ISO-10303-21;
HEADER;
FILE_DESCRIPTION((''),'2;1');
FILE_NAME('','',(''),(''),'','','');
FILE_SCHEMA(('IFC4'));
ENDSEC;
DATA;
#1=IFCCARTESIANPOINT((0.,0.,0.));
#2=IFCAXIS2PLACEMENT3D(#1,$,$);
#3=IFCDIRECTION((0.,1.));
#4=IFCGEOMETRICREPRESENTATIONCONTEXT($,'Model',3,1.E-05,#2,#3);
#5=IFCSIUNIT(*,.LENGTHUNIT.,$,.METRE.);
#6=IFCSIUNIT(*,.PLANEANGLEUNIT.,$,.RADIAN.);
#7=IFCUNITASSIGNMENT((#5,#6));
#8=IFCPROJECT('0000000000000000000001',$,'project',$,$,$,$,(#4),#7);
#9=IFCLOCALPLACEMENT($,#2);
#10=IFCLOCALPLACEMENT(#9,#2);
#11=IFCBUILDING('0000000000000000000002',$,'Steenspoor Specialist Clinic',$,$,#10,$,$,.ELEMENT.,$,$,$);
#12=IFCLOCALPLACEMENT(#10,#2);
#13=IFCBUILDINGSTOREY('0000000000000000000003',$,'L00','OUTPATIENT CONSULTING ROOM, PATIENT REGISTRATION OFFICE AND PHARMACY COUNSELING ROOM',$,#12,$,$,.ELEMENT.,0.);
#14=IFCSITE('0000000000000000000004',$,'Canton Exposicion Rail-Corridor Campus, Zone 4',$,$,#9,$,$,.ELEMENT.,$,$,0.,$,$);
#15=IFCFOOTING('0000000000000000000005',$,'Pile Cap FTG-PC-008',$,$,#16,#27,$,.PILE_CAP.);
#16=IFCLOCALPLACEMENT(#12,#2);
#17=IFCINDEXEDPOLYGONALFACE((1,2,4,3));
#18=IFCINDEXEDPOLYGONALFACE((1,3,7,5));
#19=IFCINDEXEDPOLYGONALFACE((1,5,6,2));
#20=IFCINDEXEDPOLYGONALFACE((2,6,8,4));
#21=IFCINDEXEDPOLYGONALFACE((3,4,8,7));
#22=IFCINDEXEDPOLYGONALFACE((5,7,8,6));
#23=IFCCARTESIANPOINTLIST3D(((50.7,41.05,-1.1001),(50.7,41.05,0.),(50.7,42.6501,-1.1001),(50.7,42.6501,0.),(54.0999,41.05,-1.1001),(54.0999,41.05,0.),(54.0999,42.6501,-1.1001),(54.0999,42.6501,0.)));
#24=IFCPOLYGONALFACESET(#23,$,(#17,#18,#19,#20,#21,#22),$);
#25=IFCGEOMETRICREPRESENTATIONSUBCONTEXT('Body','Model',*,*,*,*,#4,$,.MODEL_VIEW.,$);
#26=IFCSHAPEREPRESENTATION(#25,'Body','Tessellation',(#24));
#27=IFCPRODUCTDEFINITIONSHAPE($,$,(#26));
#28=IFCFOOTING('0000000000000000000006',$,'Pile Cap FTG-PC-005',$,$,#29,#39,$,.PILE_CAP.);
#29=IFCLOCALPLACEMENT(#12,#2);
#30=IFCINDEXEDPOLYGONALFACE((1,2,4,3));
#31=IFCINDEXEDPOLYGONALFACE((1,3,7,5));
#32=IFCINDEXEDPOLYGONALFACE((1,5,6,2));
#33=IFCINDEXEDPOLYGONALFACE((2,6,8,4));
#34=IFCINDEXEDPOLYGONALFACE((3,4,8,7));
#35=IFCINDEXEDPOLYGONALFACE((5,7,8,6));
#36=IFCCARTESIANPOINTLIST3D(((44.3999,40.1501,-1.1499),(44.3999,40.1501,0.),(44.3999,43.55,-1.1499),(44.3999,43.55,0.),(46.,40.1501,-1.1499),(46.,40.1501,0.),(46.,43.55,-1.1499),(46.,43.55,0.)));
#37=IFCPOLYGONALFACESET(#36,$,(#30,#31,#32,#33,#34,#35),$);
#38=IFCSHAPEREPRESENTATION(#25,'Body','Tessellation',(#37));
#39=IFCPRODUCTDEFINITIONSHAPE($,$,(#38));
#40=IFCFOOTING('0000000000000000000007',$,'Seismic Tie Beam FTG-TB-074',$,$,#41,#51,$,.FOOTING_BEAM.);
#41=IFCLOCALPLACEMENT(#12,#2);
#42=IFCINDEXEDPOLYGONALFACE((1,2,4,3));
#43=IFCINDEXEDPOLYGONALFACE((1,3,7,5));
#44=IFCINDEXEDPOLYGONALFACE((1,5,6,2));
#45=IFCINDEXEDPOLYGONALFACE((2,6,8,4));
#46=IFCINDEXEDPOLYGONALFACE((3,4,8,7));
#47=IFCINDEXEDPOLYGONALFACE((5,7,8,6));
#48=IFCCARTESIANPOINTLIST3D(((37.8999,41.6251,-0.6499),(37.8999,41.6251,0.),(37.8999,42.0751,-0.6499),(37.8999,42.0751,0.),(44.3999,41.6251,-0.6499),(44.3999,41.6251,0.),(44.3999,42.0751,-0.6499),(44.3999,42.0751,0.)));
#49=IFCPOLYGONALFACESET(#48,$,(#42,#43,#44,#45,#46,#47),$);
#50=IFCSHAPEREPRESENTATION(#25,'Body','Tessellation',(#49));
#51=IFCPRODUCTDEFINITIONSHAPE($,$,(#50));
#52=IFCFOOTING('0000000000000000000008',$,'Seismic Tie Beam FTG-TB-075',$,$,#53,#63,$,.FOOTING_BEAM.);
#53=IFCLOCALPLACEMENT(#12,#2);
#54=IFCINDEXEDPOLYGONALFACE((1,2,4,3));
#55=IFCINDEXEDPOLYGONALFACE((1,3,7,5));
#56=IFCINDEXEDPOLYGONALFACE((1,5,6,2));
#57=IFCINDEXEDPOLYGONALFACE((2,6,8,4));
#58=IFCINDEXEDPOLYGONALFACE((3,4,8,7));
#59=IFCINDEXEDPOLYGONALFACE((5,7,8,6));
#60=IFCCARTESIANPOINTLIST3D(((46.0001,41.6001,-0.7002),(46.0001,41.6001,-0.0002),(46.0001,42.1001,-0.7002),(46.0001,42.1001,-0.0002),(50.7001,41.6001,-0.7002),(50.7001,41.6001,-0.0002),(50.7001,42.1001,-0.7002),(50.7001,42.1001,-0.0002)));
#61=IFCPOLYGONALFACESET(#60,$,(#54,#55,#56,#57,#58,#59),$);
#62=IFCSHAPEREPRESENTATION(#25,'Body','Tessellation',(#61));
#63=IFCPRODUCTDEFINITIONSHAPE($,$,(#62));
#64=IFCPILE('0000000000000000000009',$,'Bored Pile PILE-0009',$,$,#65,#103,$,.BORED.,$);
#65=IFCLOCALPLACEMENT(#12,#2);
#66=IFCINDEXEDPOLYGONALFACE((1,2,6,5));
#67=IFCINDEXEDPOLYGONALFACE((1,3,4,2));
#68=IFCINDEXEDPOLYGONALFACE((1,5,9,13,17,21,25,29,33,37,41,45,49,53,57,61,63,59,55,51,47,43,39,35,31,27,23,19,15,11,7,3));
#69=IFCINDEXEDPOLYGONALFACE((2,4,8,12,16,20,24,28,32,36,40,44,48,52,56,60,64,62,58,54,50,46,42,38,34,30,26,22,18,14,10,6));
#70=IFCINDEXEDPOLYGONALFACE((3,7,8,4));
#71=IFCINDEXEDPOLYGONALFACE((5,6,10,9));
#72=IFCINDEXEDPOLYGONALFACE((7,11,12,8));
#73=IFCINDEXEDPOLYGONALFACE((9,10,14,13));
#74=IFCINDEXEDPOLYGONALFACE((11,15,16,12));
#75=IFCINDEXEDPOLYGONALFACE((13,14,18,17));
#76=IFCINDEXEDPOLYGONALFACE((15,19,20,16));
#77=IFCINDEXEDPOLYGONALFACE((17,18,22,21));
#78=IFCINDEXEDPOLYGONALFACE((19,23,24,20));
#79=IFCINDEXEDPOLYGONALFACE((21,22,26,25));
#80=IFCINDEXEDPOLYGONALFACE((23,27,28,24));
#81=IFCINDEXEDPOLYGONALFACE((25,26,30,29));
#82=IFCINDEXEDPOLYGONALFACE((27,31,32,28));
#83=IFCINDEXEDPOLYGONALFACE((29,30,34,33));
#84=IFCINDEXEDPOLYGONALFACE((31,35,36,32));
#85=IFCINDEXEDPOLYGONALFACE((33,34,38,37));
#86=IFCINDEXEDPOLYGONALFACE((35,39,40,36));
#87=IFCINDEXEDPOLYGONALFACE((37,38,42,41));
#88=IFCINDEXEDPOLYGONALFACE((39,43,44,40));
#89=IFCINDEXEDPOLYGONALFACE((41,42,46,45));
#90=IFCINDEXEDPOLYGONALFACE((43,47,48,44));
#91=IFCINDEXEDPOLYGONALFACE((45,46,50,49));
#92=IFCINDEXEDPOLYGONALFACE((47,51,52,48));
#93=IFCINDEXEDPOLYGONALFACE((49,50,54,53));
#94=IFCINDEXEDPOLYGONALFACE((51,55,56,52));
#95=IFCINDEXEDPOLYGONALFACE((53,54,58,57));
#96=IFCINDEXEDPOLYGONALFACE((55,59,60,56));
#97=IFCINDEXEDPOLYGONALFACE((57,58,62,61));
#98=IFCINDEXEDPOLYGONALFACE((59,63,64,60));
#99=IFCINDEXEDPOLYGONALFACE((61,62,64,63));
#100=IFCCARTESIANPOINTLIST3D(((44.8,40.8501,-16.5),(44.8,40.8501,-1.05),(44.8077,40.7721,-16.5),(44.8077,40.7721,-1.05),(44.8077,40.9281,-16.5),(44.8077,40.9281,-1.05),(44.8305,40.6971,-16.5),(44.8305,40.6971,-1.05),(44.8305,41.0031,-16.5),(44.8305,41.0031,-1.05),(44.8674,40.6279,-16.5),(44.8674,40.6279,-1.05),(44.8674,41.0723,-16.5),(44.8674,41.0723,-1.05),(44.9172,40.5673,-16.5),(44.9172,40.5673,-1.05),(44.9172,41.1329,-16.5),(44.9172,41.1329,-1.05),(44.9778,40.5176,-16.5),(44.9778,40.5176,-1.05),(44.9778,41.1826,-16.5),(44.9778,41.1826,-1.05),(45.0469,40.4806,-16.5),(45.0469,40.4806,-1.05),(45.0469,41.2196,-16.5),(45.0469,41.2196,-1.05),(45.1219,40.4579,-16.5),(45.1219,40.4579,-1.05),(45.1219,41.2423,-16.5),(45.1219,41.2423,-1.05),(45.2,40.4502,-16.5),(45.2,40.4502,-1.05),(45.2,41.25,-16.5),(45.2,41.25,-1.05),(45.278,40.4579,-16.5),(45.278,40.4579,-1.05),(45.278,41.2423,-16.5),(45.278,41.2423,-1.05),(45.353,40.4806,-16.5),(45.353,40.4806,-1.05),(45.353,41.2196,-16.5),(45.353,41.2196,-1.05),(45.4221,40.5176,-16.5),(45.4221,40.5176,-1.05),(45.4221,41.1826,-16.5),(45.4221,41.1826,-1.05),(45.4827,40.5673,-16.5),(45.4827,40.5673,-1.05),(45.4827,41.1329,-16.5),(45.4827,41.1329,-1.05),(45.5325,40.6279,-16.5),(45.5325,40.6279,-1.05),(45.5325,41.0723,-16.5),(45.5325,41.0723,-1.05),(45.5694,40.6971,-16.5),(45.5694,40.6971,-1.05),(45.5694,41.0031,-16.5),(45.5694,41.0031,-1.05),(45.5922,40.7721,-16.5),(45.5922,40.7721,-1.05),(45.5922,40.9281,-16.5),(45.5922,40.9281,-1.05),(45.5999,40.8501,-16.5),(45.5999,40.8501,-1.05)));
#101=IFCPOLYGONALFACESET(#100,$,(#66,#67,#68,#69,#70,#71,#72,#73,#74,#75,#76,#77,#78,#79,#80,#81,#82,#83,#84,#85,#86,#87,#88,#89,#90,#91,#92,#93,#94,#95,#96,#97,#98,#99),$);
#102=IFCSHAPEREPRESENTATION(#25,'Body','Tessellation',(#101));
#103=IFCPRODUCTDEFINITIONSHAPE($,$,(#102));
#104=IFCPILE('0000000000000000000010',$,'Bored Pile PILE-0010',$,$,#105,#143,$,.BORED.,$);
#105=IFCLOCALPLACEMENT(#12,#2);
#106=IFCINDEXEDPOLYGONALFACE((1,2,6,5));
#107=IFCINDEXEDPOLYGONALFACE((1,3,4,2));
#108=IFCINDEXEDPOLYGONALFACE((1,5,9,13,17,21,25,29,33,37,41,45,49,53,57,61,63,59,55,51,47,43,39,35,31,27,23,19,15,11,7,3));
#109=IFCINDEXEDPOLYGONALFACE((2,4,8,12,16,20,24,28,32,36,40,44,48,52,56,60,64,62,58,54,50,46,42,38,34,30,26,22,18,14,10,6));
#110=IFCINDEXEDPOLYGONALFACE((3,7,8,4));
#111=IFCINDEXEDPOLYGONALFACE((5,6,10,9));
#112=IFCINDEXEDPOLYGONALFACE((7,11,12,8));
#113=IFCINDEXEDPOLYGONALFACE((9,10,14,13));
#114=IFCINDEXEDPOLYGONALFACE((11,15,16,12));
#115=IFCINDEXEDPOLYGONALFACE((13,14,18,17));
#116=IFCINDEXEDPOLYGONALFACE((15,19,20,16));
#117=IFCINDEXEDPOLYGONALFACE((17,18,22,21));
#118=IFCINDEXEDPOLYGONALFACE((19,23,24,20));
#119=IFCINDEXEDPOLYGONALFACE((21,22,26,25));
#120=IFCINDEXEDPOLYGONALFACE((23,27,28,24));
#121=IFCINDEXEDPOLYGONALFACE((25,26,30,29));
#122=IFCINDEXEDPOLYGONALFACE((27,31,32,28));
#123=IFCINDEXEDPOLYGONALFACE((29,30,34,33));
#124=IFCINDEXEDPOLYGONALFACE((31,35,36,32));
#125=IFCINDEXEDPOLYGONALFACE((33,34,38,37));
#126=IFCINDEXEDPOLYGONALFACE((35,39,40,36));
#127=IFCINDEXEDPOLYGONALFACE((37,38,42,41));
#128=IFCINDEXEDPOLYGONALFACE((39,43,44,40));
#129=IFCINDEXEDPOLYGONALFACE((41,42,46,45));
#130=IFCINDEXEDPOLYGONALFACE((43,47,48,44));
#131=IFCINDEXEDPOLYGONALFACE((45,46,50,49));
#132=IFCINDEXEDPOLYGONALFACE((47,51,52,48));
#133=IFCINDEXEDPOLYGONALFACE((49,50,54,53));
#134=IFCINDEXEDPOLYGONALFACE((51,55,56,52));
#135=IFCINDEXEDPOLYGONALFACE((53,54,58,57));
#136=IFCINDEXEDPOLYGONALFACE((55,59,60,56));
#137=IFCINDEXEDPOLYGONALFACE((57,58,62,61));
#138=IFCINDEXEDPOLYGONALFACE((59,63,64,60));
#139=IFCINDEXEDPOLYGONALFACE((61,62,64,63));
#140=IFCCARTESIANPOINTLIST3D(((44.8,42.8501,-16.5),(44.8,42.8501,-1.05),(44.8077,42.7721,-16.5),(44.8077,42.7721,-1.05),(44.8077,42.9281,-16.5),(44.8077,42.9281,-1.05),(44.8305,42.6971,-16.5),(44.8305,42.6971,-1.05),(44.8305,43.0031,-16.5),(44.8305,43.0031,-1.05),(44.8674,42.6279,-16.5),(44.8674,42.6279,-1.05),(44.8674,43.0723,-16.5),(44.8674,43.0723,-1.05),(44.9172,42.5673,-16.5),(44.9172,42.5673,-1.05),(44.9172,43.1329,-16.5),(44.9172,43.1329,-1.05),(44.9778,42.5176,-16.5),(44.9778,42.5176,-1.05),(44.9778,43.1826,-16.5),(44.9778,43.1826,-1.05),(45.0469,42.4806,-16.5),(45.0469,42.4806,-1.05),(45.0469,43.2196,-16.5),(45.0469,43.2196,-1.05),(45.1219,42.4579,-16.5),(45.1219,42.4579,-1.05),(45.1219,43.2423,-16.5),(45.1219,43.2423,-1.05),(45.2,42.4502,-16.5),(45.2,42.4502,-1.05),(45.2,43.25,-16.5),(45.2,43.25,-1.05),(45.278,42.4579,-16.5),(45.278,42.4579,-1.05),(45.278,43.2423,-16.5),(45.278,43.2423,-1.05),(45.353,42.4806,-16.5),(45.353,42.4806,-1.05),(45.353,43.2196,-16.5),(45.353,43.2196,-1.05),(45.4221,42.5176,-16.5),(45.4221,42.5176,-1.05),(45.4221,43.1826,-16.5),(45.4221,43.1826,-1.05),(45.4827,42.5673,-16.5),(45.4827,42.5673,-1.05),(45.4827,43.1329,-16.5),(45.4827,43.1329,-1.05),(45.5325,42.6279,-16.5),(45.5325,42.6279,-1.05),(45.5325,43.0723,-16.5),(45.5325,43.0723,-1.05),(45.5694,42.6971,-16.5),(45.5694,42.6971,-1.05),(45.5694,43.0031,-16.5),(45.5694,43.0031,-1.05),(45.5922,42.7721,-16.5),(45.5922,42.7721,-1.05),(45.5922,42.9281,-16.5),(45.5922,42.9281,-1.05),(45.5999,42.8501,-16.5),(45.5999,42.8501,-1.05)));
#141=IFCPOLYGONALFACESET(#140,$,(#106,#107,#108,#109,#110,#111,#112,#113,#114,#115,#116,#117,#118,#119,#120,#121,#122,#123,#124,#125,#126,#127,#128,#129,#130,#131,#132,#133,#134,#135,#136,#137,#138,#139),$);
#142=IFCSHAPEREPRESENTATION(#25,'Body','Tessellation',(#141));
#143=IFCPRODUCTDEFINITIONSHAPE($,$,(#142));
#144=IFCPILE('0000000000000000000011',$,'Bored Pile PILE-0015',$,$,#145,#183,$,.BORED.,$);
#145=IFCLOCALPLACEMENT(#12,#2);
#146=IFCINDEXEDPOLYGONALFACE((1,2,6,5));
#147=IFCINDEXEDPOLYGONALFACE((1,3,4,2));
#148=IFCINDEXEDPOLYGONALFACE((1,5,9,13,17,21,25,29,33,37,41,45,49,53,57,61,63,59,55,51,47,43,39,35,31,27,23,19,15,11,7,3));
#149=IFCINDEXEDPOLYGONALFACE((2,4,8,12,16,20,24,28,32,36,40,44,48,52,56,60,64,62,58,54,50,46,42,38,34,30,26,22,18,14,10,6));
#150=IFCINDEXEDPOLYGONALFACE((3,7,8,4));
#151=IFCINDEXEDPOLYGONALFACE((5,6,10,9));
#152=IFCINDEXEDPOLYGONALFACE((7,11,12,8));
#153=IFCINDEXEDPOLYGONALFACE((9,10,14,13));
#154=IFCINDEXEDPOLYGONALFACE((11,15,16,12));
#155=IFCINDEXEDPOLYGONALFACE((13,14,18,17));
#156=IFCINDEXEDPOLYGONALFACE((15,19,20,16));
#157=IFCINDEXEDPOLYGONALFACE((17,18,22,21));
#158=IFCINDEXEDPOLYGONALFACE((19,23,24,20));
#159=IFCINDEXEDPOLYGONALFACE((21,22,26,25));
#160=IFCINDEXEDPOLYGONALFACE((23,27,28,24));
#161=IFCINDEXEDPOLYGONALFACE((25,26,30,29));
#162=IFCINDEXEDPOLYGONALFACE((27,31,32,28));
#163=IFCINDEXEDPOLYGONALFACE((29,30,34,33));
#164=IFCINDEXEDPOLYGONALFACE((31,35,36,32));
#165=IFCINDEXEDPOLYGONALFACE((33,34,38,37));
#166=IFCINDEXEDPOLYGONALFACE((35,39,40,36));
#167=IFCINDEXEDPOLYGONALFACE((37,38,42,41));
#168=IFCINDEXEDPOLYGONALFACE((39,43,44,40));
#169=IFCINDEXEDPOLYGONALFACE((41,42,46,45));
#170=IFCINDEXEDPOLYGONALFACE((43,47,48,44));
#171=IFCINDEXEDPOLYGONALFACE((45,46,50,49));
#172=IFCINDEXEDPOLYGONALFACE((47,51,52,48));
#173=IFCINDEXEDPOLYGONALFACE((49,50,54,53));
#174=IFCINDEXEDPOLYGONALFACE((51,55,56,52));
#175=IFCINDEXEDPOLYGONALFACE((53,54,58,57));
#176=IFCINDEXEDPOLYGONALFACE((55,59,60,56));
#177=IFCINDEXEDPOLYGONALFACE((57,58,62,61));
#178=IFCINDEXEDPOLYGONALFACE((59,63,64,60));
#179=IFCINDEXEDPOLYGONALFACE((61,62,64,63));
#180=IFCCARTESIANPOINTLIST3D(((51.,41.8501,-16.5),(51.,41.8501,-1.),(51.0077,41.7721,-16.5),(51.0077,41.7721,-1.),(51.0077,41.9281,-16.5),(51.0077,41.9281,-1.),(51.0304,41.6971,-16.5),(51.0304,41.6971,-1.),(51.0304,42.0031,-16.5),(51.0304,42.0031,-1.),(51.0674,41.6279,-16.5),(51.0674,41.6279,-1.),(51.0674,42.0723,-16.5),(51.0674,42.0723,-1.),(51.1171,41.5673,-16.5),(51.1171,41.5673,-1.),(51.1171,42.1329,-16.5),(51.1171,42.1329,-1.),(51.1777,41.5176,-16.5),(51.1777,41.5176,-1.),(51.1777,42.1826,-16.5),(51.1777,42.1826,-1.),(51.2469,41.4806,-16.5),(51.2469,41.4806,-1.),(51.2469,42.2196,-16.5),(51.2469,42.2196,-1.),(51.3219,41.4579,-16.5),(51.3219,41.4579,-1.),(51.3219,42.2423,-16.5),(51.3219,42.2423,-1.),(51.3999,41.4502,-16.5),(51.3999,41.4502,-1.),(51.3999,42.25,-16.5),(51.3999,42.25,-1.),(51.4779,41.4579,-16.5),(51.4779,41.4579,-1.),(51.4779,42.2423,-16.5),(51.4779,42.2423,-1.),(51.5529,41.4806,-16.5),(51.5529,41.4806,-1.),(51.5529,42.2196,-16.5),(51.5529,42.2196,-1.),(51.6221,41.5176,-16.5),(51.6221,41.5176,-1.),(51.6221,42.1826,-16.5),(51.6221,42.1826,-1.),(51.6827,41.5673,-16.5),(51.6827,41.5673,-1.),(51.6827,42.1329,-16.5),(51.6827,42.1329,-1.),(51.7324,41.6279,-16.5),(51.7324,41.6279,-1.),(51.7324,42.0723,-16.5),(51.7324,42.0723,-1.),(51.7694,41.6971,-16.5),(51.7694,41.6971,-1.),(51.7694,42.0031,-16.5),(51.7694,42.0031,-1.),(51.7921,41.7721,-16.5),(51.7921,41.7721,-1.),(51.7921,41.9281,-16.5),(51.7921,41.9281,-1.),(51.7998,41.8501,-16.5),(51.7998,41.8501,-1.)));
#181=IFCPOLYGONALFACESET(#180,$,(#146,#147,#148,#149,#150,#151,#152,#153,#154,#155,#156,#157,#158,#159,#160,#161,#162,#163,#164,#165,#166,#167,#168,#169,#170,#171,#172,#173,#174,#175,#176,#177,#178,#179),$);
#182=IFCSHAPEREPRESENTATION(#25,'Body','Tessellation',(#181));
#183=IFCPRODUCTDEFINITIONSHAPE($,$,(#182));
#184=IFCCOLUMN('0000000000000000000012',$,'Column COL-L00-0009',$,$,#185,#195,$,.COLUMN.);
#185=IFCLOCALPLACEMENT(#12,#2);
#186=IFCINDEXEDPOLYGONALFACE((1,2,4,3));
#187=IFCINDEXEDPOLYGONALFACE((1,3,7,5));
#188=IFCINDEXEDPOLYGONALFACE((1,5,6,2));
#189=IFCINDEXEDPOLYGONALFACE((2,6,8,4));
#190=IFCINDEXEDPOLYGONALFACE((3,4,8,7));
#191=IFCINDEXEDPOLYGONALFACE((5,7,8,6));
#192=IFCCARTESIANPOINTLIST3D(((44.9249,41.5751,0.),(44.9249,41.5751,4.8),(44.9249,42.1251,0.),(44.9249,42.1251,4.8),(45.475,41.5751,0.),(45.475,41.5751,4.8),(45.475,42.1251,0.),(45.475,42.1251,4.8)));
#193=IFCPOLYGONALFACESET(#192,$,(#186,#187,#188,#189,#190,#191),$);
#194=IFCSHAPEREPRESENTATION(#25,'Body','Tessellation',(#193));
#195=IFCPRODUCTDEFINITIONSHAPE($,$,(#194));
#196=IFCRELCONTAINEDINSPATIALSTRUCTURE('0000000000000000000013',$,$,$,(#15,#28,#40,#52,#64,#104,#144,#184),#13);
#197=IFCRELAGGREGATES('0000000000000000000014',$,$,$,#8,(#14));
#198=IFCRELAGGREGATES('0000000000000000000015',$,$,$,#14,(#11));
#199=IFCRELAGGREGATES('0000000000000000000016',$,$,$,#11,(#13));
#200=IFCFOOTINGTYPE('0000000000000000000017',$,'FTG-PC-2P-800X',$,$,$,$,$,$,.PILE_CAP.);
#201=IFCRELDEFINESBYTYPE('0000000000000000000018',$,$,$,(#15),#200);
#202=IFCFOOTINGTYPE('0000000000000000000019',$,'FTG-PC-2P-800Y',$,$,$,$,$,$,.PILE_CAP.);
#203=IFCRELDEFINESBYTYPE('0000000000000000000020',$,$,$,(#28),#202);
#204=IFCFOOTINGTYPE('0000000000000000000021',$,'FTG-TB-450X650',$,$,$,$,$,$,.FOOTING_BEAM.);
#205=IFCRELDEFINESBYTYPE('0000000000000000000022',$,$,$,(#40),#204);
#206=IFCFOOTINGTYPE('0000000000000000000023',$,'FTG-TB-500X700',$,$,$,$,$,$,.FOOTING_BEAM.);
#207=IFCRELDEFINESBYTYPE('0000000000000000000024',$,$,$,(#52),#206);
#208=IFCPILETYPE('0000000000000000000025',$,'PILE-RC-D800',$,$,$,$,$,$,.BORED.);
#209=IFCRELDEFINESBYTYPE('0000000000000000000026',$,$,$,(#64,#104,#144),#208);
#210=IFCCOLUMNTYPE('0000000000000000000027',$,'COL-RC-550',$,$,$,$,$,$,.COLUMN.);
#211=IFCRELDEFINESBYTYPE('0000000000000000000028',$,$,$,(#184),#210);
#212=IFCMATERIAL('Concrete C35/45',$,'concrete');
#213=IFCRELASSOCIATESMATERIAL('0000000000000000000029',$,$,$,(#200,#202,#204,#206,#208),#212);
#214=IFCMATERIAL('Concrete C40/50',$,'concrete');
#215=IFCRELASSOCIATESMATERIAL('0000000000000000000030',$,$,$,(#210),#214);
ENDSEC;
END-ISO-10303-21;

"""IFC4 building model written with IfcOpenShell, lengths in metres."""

from ifc_helpers import new_model, si_unit, direction, frame, origin, origin_2d, place, context, subcontext, project, spatial, rectangle, circle, extrude, material, material_profile, profile_set, type_object, element, save


model = new_model("IFC4")

# Units and contexts
model_context = context("Model", 3, precision=1e-05, world=origin(), true_north=direction((0.0, 1.0)))
body_context = subcontext(model_context, "Body", "Model", "MODEL_VIEW")
ifc_project = project(units=[si_unit("LENGTHUNIT", "METRE"), si_unit("PLANEANGLEUNIT", "RADIAN")], contexts=[model_context])

# Site, building, storey
site_placement = place(None, origin())
site = spatial("IfcSite", under=ifc_project, at=site_placement, Name="Canton Exposicion Rail-Corridor Campus, Zone 4", CompositionType="ELEMENT", RefElevation=0.0)
building_placement = place(site_placement, origin())
building = spatial("IfcBuilding", under=site, at=building_placement, Name="Steenspoor Specialist Clinic", CompositionType="ELEMENT")
storey_placement = place(building_placement, origin())
storey = spatial("IfcBuildingStorey", under=building, at=storey_placement, Name="L00", Description="OUTPATIENT CONSULTING ROOM, PATIENT REGISTRATION OFFICE AND PHARMACY COUNSELING ROOM", CompositionType="ELEMENT", Elevation=0.0)

# Footings
ifc_material_1 = material(Name="Concrete C35/45", Category="concrete")
footing_type_1 = type_object("IfcFootingType", Name="FTG-PC-2P-800X", PredefinedType="PILE_CAP", material=ifc_material_1)
footing_1_placement = place(storey_placement, frame((52.3999, 41.8501, -1.1001), z_axis=(0.0, 0.0, 1.0), x_axis=(1.0, 0.0, 0.0)))
element("IfcFooting", 1, at=footing_1_placement, inside=storey, type_object=footing_type_1, Name="Pile Cap FTG-PC-008", PredefinedType="PILE_CAP", context=body_context, shape_type="SweptSolid", body=[
    extrude(rectangle(XDim=3.3999, YDim=1.6001, at=origin_2d()), origin(), (0.0, 0.0, 1.0), 1.1001),
])
footing_type_2 = type_object("IfcFootingType", Name="FTG-PC-2P-800Y", PredefinedType="PILE_CAP", material=ifc_material_1)
footing_2_placement = place(storey_placement, frame((45.2, 41.8501, -1.1499), z_axis=(0.0, 0.0, 1.0), x_axis=(1.0, 0.0, 0.0)))
element("IfcFooting", 2, at=footing_2_placement, inside=storey, type_object=footing_type_2, Name="Pile Cap FTG-PC-005", PredefinedType="PILE_CAP", context=body_context, shape_type="SweptSolid", body=[
    extrude(rectangle(XDim=1.6001, YDim=3.3999, at=origin_2d()), origin(), (0.0, 0.0, 1.0), 1.1499),
])
footing_type_3 = type_object("IfcFootingType", Name="FTG-TB-450X650", PredefinedType="FOOTING_BEAM", material=ifc_material_1)
footing_3_placement = place(storey_placement, frame((41.1499, 41.8501, -0.6499), z_axis=(0.0, 0.0, 1.0), x_axis=(1.0, 0.0, 0.0)))
element("IfcFooting", 3, at=footing_3_placement, inside=storey, type_object=footing_type_3, Name="Seismic Tie Beam FTG-TB-074", PredefinedType="FOOTING_BEAM", context=body_context, shape_type="SweptSolid", body=[
    extrude(rectangle(XDim=6.5, YDim=0.45, at=origin_2d()), origin(), (0.0, 0.0, 1.0), 0.6499),
])
footing_type_4 = type_object("IfcFootingType", Name="FTG-TB-500X700", PredefinedType="FOOTING_BEAM", material=ifc_material_1)
footing_4_placement = place(storey_placement, frame((48.3501, 41.8501, -0.7002), z_axis=(0.0, 0.0, 1.0), x_axis=(1.0, 0.0, 0.0)))
element("IfcFooting", 4, at=footing_4_placement, inside=storey, type_object=footing_type_4, Name="Seismic Tie Beam FTG-TB-075", PredefinedType="FOOTING_BEAM", context=body_context, shape_type="SweptSolid", body=[
    extrude(rectangle(XDim=4.7, YDim=0.5, at=origin_2d()), origin(), (0.0, 0.0, 1.0), 0.7),
])

# Piles
ifc_material_profile_1 = material_profile(ifc_material_1, circle(Radius=0.3999, at=origin_2d()), Name="PILE-D800")
ifc_profile_set_1 = profile_set([ifc_material_profile_1], Name="Concrete C35/45")
pile_type = type_object("IfcPileType", Name="PILE-RC-D800", PredefinedType="BORED", material=ifc_profile_set_1)
for number, where, z_axis, x_axis, name in (
    (5, (45.2, 40.8501, -1.05), (0.0, 0.0, -1.0), (1.0, 0.0, 0.0), "Bored Pile PILE-0009"),
    (6, (45.2, 42.8501, -1.05), (0.0, 0.0, -1.0), (1.0, 0.0, 0.0), "Bored Pile PILE-0010"),
):
    element("IfcPile", number, at=place(storey_placement, frame(where, z_axis=z_axis, x_axis=x_axis)), inside=storey, type_object=pile_type, Name=name, PredefinedType="BORED", context=body_context, shape_type="SweptSolid", body=[
        extrude(circle(Radius=0.3999, at=origin_2d()), origin(), (0.0, 0.0, 1.0), 15.45),
    ])
pile_placement = place(storey_placement, frame((51.3999, 41.8501, -1.0), z_axis=(0.0, 0.0, -1.0), x_axis=(1.0, 0.0, 0.0)))
element("IfcPile", 7, at=pile_placement, inside=storey, type_object=pile_type, Name="Bored Pile PILE-0015", PredefinedType="BORED", context=body_context, shape_type="SweptSolid", body=[
    extrude(circle(Radius=0.3999, at=origin_2d()), origin(), (0.0, 0.0, 1.0), 15.5),
])

# Column
ifc_material_2 = material(Name="Concrete C40/50", Category="concrete")
ifc_material_profile_2 = material_profile(ifc_material_2, rectangle(XDim=0.55, YDim=0.55, at=origin_2d()), Name="RC-COL-550X550")
ifc_profile_set_2 = profile_set([ifc_material_profile_2], Name="Concrete C40/50")
column_type_1 = type_object("IfcColumnType", Name="COL-RC-550", PredefinedType="COLUMN", material=ifc_profile_set_2)
column_1_placement = place(storey_placement, frame((45.2, 41.8501, 0.0), z_axis=(0.0, 0.0, 1.0), x_axis=(1.0, 0.0, 0.0)))
element("IfcColumn", 8, at=column_1_placement, inside=storey, type_object=column_type_1, Name="Column COL-L00-0009", PredefinedType="COLUMN", context=body_context, shape_type="SweptSolid", body=[
    extrude(rectangle(XDim=0.55, YDim=0.55, at=origin_2d()), origin(), (0.0, 0.0, 1.0), 4.8),
])

save(model, "model.ifc")
